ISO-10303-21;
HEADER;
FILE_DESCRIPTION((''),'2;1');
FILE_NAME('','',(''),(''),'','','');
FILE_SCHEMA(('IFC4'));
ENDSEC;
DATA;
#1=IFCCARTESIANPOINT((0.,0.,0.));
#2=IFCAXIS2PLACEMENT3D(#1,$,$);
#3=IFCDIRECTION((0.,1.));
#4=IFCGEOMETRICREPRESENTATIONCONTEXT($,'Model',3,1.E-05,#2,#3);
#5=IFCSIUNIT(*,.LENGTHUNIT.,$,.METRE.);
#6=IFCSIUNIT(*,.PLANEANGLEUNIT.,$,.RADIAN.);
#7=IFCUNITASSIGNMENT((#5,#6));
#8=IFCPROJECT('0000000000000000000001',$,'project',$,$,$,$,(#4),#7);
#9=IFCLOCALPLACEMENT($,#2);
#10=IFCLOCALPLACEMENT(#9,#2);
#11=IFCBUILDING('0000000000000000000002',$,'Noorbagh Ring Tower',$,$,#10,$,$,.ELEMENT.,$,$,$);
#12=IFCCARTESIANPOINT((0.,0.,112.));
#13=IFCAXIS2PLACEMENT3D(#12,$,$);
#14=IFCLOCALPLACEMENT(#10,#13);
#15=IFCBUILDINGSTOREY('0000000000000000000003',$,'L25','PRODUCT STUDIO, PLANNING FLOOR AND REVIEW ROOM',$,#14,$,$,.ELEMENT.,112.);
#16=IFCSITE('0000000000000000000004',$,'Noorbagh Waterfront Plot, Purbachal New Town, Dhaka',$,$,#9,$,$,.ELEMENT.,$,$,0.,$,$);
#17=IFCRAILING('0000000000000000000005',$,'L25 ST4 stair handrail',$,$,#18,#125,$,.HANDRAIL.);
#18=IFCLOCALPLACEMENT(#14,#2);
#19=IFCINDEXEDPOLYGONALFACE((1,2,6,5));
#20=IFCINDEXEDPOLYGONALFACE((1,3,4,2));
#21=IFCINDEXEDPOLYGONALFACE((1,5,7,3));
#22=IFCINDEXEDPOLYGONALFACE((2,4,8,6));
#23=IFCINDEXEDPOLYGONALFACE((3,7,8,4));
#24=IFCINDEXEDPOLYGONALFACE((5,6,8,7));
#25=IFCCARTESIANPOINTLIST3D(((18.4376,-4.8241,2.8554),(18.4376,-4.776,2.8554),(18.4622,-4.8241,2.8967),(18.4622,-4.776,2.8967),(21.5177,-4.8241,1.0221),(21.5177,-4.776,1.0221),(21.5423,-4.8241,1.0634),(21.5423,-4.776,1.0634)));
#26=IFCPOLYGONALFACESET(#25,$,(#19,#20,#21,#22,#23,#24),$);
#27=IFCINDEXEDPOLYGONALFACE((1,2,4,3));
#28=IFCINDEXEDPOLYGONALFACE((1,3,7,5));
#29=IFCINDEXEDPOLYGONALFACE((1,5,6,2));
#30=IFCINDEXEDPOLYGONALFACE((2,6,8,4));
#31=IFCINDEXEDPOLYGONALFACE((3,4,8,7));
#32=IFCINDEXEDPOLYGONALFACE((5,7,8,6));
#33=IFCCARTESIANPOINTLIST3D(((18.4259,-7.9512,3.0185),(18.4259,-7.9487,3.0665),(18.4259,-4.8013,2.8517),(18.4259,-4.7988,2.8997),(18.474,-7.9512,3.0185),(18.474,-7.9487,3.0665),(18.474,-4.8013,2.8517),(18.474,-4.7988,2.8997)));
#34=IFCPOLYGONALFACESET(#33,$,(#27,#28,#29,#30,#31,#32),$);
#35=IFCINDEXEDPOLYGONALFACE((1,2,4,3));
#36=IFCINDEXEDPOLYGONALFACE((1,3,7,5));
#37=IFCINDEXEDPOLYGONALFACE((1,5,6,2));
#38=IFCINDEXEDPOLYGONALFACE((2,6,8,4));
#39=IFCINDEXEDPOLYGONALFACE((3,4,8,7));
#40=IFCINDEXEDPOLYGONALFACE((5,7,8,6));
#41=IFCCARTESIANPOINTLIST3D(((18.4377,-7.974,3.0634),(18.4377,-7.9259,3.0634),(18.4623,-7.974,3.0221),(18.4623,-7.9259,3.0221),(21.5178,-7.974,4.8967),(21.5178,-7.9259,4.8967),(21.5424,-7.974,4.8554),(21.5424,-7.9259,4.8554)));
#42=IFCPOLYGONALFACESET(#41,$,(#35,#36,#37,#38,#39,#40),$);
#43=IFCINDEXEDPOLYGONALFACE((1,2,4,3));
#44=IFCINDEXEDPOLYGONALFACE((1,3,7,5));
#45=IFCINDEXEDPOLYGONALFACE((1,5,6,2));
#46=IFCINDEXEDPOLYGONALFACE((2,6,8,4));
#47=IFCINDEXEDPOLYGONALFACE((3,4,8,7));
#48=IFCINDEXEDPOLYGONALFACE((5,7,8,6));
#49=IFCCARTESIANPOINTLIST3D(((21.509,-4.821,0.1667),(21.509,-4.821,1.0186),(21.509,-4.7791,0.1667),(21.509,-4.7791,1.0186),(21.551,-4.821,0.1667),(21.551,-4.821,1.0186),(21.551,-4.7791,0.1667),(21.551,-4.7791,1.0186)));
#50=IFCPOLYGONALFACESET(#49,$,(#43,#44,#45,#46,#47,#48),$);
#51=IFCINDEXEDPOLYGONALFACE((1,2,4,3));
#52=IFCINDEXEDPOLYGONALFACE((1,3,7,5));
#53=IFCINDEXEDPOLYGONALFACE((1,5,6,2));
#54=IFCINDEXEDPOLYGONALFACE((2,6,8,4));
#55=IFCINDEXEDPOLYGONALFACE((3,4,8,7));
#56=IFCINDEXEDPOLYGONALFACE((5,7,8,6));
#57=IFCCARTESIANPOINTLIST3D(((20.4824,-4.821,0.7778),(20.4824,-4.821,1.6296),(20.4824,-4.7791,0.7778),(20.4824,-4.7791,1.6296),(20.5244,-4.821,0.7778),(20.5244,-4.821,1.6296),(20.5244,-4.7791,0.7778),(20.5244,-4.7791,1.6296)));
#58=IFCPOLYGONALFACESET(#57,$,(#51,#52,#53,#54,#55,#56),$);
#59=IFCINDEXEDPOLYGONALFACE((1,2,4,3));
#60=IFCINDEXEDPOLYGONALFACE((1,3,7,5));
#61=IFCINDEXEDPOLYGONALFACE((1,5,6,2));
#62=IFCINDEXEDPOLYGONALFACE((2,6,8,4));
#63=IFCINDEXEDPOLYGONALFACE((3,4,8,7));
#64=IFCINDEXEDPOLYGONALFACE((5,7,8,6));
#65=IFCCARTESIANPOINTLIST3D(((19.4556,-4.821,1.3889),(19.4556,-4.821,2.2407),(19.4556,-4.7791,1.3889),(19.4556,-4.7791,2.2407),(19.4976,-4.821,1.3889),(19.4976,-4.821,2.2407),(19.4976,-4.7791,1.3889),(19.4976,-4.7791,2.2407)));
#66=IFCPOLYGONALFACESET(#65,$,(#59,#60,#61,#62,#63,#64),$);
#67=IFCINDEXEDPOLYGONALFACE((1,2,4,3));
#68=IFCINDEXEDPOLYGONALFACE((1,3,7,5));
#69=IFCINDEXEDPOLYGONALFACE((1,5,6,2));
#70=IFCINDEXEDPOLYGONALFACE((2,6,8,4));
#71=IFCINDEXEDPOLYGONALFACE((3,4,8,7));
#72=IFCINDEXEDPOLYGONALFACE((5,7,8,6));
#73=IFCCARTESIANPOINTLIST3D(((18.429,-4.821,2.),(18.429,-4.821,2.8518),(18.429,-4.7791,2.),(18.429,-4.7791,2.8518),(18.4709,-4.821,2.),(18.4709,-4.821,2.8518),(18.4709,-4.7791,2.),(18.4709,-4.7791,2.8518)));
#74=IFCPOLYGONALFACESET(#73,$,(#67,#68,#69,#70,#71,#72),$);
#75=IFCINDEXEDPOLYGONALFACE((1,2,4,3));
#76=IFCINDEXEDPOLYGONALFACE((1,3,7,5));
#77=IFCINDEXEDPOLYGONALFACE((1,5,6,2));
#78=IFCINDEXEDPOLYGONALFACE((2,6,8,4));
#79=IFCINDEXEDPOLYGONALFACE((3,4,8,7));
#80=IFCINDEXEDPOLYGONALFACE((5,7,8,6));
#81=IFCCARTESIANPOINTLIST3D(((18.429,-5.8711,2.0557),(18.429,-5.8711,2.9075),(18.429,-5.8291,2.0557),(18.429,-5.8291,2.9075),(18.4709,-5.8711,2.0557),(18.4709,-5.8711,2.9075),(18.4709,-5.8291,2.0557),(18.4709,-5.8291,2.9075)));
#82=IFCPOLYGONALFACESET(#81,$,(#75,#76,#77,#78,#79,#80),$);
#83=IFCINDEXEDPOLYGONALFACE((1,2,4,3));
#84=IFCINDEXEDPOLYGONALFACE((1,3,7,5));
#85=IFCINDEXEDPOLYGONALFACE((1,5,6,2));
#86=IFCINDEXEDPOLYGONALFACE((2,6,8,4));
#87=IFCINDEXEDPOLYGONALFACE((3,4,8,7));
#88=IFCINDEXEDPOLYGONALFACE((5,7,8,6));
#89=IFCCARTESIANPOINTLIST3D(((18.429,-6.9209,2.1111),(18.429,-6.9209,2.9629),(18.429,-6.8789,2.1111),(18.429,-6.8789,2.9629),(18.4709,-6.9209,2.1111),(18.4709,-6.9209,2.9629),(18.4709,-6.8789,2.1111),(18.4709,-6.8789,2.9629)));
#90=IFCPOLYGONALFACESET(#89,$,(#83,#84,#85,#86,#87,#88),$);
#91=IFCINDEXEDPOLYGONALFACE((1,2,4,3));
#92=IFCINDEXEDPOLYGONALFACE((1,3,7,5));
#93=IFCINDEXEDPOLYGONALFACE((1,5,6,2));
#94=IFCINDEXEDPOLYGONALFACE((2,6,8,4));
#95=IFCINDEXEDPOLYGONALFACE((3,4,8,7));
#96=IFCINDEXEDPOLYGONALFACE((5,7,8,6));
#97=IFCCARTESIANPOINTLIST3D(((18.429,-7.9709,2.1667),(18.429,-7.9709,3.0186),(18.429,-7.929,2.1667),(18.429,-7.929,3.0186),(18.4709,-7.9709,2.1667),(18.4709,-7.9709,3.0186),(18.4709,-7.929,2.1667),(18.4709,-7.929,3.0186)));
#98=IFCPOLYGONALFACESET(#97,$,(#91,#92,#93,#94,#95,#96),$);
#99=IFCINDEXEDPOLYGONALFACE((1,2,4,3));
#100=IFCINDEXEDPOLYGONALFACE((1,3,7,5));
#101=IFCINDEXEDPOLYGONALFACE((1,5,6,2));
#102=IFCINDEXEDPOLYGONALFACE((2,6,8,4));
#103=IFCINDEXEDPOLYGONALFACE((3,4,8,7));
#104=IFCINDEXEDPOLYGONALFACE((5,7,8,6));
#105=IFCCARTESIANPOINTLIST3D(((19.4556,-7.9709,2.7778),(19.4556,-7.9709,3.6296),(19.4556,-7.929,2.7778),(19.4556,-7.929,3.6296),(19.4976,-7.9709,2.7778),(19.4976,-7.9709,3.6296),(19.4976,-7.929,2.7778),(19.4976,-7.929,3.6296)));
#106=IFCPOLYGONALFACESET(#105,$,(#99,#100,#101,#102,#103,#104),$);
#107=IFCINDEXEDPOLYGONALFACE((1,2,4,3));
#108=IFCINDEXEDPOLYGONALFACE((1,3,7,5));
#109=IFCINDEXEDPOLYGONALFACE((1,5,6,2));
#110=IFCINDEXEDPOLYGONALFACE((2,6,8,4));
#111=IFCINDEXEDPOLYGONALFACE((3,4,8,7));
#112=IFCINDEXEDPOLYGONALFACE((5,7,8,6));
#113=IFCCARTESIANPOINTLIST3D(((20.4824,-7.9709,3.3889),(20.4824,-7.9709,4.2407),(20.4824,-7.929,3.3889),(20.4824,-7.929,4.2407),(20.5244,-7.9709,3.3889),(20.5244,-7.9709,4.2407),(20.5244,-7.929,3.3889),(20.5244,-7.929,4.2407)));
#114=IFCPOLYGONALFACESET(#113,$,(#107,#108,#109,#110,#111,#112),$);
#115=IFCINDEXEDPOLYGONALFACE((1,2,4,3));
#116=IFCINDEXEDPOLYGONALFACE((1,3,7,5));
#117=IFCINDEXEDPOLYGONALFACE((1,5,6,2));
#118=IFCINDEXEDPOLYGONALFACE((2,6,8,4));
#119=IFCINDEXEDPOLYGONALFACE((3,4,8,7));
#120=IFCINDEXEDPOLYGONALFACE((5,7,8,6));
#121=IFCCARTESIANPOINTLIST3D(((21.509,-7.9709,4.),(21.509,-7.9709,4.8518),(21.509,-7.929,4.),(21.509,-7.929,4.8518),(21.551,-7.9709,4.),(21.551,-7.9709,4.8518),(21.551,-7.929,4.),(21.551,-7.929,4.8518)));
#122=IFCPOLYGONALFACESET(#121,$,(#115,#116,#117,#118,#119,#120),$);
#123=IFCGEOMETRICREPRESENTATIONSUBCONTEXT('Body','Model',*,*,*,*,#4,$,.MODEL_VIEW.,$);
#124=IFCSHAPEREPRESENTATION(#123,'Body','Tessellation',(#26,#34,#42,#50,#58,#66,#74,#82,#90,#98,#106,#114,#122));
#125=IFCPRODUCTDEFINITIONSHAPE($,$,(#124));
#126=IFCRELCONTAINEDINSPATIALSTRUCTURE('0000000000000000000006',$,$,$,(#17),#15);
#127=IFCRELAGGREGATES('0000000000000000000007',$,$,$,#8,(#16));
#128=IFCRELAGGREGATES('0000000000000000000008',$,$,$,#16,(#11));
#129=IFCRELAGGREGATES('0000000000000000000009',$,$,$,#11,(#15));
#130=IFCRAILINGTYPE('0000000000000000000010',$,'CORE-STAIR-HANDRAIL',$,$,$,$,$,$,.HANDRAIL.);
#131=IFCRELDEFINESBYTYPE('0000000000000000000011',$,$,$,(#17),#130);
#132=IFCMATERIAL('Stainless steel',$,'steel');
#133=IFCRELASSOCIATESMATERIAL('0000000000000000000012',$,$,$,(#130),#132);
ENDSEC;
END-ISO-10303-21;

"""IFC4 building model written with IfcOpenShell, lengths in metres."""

from ifc_helpers import new_model, si_unit, direction, frame, origin, origin_2d, place, context, subcontext, project, spatial, rectangle, extrude, material, type_object, element, save


model = new_model("IFC4")

# Units and contexts
model_context = context("Model", 3, precision=1e-05, world=origin(), true_north=direction((0.0, 1.0)))
body_context = subcontext(model_context, "Body", "Model", "MODEL_VIEW")
ifc_project = project(units=[si_unit("LENGTHUNIT", "METRE"), si_unit("PLANEANGLEUNIT", "RADIAN")], contexts=[model_context])

# Site, building, storey
site_placement = place(None, origin())
site = spatial("IfcSite", under=ifc_project, at=site_placement, Name="Noorbagh Waterfront Plot, Purbachal New Town, Dhaka", CompositionType="ELEMENT", RefElevation=0.0)
building_placement = place(site_placement, origin())
building = spatial("IfcBuilding", under=site, at=building_placement, Name="Noorbagh Ring Tower", CompositionType="ELEMENT")
storey_placement = place(building_placement, frame((0.0, 0.0, 112.0)))
storey = spatial("IfcBuildingStorey", under=building, at=storey_placement, Name="L25", Description="PRODUCT STUDIO, PLANNING FLOOR AND REVIEW ROOM", CompositionType="ELEMENT", Elevation=112.0)

# Railing
ifc_material_1 = material(Name="Stainless steel", Category="steel")
railing_type_1 = type_object("IfcRailingType", Name="CORE-STAIR-HANDRAIL", PredefinedType="HANDRAIL", material=ifc_material_1)
railing_1_placement = place(storey_placement, frame((21.53, -4.8, 0.1667)))
element("IfcRailing", 1, at=railing_1_placement, inside=storey, type_object=railing_type_1, Name="L25 ST4 stair handrail", PredefinedType="HANDRAIL", context=body_context, shape_type="SweptSolid", body=[
    extrude(rectangle(XDim=0.0481, YDim=0.0481, at=origin_2d()), frame((0.0, 0.0, 0.876), z_axis=(-0.859309, 0.0, 0.511458), x_axis=(0.0, -1.0, 0.0)), (0.0, 0.0, 1.0), 3.5845),
    extrude(rectangle(XDim=0.0481, YDim=0.0481, at=origin_2d()), frame((-3.0801, 0.0, 2.709), z_axis=(0.0, -0.998602, 0.052864), x_axis=(1.0, 0.0, 0.0)), (0.0, 0.0, 1.0), 3.1543),
    extrude(rectangle(XDim=0.0481, YDim=0.0481, at=origin_2d()), frame((-3.0801, -3.1499, 2.876), z_axis=(0.859309, 0.0, 0.511458), x_axis=(0.0, 1.0, 0.0)), (0.0, 0.0, 1.0), 3.5845),
    extrude(rectangle(XDim=0.042, YDim=0.042, at=origin_2d()), origin(), (0.0, 0.0, 1.0), 0.8518),
    extrude(rectangle(XDim=0.042, YDim=0.042, at=origin_2d()), frame((-1.0266, 0.0, 0.6111)), (0.0, 0.0, 1.0), 0.8518),
    extrude(rectangle(XDim=0.042, YDim=0.042, at=origin_2d()), frame((-2.0535, 0.0, 1.2222)), (0.0, 0.0, 1.0), 0.8518),
    extrude(rectangle(XDim=0.042, YDim=0.042, at=origin_2d()), frame((-3.0801, 0.0, 1.8333)), (0.0, 0.0, 1.0), 0.8518),
    extrude(rectangle(XDim=0.042, YDim=0.042, at=origin_2d()), frame((-3.0801, -1.05, 1.8889)), (0.0, 0.0, 1.0), 0.8518),
    extrude(rectangle(XDim=0.042, YDim=0.042, at=origin_2d()), frame((-3.0801, -2.0999, 1.9443)), (0.0, 0.0, 1.0), 0.8518),
    extrude(rectangle(XDim=0.042, YDim=0.042, at=origin_2d()), frame((-3.0801, -3.1499, 2.0)), (0.0, 0.0, 1.0), 0.8518),
    extrude(rectangle(XDim=0.042, YDim=0.042, at=origin_2d()), frame((-2.0535, -3.1499, 2.6111)), (0.0, 0.0, 1.0), 0.8518),
    extrude(rectangle(XDim=0.042, YDim=0.042, at=origin_2d()), frame((-1.0266, -3.1499, 3.2222)), (0.0, 0.0, 1.0), 0.8518),
    extrude(rectangle(XDim=0.042, YDim=0.042, at=origin_2d()), frame((0.0, -3.1499, 3.8333)), (0.0, 0.0, 1.0), 0.8518),
])

save(model, "model.ifc")
